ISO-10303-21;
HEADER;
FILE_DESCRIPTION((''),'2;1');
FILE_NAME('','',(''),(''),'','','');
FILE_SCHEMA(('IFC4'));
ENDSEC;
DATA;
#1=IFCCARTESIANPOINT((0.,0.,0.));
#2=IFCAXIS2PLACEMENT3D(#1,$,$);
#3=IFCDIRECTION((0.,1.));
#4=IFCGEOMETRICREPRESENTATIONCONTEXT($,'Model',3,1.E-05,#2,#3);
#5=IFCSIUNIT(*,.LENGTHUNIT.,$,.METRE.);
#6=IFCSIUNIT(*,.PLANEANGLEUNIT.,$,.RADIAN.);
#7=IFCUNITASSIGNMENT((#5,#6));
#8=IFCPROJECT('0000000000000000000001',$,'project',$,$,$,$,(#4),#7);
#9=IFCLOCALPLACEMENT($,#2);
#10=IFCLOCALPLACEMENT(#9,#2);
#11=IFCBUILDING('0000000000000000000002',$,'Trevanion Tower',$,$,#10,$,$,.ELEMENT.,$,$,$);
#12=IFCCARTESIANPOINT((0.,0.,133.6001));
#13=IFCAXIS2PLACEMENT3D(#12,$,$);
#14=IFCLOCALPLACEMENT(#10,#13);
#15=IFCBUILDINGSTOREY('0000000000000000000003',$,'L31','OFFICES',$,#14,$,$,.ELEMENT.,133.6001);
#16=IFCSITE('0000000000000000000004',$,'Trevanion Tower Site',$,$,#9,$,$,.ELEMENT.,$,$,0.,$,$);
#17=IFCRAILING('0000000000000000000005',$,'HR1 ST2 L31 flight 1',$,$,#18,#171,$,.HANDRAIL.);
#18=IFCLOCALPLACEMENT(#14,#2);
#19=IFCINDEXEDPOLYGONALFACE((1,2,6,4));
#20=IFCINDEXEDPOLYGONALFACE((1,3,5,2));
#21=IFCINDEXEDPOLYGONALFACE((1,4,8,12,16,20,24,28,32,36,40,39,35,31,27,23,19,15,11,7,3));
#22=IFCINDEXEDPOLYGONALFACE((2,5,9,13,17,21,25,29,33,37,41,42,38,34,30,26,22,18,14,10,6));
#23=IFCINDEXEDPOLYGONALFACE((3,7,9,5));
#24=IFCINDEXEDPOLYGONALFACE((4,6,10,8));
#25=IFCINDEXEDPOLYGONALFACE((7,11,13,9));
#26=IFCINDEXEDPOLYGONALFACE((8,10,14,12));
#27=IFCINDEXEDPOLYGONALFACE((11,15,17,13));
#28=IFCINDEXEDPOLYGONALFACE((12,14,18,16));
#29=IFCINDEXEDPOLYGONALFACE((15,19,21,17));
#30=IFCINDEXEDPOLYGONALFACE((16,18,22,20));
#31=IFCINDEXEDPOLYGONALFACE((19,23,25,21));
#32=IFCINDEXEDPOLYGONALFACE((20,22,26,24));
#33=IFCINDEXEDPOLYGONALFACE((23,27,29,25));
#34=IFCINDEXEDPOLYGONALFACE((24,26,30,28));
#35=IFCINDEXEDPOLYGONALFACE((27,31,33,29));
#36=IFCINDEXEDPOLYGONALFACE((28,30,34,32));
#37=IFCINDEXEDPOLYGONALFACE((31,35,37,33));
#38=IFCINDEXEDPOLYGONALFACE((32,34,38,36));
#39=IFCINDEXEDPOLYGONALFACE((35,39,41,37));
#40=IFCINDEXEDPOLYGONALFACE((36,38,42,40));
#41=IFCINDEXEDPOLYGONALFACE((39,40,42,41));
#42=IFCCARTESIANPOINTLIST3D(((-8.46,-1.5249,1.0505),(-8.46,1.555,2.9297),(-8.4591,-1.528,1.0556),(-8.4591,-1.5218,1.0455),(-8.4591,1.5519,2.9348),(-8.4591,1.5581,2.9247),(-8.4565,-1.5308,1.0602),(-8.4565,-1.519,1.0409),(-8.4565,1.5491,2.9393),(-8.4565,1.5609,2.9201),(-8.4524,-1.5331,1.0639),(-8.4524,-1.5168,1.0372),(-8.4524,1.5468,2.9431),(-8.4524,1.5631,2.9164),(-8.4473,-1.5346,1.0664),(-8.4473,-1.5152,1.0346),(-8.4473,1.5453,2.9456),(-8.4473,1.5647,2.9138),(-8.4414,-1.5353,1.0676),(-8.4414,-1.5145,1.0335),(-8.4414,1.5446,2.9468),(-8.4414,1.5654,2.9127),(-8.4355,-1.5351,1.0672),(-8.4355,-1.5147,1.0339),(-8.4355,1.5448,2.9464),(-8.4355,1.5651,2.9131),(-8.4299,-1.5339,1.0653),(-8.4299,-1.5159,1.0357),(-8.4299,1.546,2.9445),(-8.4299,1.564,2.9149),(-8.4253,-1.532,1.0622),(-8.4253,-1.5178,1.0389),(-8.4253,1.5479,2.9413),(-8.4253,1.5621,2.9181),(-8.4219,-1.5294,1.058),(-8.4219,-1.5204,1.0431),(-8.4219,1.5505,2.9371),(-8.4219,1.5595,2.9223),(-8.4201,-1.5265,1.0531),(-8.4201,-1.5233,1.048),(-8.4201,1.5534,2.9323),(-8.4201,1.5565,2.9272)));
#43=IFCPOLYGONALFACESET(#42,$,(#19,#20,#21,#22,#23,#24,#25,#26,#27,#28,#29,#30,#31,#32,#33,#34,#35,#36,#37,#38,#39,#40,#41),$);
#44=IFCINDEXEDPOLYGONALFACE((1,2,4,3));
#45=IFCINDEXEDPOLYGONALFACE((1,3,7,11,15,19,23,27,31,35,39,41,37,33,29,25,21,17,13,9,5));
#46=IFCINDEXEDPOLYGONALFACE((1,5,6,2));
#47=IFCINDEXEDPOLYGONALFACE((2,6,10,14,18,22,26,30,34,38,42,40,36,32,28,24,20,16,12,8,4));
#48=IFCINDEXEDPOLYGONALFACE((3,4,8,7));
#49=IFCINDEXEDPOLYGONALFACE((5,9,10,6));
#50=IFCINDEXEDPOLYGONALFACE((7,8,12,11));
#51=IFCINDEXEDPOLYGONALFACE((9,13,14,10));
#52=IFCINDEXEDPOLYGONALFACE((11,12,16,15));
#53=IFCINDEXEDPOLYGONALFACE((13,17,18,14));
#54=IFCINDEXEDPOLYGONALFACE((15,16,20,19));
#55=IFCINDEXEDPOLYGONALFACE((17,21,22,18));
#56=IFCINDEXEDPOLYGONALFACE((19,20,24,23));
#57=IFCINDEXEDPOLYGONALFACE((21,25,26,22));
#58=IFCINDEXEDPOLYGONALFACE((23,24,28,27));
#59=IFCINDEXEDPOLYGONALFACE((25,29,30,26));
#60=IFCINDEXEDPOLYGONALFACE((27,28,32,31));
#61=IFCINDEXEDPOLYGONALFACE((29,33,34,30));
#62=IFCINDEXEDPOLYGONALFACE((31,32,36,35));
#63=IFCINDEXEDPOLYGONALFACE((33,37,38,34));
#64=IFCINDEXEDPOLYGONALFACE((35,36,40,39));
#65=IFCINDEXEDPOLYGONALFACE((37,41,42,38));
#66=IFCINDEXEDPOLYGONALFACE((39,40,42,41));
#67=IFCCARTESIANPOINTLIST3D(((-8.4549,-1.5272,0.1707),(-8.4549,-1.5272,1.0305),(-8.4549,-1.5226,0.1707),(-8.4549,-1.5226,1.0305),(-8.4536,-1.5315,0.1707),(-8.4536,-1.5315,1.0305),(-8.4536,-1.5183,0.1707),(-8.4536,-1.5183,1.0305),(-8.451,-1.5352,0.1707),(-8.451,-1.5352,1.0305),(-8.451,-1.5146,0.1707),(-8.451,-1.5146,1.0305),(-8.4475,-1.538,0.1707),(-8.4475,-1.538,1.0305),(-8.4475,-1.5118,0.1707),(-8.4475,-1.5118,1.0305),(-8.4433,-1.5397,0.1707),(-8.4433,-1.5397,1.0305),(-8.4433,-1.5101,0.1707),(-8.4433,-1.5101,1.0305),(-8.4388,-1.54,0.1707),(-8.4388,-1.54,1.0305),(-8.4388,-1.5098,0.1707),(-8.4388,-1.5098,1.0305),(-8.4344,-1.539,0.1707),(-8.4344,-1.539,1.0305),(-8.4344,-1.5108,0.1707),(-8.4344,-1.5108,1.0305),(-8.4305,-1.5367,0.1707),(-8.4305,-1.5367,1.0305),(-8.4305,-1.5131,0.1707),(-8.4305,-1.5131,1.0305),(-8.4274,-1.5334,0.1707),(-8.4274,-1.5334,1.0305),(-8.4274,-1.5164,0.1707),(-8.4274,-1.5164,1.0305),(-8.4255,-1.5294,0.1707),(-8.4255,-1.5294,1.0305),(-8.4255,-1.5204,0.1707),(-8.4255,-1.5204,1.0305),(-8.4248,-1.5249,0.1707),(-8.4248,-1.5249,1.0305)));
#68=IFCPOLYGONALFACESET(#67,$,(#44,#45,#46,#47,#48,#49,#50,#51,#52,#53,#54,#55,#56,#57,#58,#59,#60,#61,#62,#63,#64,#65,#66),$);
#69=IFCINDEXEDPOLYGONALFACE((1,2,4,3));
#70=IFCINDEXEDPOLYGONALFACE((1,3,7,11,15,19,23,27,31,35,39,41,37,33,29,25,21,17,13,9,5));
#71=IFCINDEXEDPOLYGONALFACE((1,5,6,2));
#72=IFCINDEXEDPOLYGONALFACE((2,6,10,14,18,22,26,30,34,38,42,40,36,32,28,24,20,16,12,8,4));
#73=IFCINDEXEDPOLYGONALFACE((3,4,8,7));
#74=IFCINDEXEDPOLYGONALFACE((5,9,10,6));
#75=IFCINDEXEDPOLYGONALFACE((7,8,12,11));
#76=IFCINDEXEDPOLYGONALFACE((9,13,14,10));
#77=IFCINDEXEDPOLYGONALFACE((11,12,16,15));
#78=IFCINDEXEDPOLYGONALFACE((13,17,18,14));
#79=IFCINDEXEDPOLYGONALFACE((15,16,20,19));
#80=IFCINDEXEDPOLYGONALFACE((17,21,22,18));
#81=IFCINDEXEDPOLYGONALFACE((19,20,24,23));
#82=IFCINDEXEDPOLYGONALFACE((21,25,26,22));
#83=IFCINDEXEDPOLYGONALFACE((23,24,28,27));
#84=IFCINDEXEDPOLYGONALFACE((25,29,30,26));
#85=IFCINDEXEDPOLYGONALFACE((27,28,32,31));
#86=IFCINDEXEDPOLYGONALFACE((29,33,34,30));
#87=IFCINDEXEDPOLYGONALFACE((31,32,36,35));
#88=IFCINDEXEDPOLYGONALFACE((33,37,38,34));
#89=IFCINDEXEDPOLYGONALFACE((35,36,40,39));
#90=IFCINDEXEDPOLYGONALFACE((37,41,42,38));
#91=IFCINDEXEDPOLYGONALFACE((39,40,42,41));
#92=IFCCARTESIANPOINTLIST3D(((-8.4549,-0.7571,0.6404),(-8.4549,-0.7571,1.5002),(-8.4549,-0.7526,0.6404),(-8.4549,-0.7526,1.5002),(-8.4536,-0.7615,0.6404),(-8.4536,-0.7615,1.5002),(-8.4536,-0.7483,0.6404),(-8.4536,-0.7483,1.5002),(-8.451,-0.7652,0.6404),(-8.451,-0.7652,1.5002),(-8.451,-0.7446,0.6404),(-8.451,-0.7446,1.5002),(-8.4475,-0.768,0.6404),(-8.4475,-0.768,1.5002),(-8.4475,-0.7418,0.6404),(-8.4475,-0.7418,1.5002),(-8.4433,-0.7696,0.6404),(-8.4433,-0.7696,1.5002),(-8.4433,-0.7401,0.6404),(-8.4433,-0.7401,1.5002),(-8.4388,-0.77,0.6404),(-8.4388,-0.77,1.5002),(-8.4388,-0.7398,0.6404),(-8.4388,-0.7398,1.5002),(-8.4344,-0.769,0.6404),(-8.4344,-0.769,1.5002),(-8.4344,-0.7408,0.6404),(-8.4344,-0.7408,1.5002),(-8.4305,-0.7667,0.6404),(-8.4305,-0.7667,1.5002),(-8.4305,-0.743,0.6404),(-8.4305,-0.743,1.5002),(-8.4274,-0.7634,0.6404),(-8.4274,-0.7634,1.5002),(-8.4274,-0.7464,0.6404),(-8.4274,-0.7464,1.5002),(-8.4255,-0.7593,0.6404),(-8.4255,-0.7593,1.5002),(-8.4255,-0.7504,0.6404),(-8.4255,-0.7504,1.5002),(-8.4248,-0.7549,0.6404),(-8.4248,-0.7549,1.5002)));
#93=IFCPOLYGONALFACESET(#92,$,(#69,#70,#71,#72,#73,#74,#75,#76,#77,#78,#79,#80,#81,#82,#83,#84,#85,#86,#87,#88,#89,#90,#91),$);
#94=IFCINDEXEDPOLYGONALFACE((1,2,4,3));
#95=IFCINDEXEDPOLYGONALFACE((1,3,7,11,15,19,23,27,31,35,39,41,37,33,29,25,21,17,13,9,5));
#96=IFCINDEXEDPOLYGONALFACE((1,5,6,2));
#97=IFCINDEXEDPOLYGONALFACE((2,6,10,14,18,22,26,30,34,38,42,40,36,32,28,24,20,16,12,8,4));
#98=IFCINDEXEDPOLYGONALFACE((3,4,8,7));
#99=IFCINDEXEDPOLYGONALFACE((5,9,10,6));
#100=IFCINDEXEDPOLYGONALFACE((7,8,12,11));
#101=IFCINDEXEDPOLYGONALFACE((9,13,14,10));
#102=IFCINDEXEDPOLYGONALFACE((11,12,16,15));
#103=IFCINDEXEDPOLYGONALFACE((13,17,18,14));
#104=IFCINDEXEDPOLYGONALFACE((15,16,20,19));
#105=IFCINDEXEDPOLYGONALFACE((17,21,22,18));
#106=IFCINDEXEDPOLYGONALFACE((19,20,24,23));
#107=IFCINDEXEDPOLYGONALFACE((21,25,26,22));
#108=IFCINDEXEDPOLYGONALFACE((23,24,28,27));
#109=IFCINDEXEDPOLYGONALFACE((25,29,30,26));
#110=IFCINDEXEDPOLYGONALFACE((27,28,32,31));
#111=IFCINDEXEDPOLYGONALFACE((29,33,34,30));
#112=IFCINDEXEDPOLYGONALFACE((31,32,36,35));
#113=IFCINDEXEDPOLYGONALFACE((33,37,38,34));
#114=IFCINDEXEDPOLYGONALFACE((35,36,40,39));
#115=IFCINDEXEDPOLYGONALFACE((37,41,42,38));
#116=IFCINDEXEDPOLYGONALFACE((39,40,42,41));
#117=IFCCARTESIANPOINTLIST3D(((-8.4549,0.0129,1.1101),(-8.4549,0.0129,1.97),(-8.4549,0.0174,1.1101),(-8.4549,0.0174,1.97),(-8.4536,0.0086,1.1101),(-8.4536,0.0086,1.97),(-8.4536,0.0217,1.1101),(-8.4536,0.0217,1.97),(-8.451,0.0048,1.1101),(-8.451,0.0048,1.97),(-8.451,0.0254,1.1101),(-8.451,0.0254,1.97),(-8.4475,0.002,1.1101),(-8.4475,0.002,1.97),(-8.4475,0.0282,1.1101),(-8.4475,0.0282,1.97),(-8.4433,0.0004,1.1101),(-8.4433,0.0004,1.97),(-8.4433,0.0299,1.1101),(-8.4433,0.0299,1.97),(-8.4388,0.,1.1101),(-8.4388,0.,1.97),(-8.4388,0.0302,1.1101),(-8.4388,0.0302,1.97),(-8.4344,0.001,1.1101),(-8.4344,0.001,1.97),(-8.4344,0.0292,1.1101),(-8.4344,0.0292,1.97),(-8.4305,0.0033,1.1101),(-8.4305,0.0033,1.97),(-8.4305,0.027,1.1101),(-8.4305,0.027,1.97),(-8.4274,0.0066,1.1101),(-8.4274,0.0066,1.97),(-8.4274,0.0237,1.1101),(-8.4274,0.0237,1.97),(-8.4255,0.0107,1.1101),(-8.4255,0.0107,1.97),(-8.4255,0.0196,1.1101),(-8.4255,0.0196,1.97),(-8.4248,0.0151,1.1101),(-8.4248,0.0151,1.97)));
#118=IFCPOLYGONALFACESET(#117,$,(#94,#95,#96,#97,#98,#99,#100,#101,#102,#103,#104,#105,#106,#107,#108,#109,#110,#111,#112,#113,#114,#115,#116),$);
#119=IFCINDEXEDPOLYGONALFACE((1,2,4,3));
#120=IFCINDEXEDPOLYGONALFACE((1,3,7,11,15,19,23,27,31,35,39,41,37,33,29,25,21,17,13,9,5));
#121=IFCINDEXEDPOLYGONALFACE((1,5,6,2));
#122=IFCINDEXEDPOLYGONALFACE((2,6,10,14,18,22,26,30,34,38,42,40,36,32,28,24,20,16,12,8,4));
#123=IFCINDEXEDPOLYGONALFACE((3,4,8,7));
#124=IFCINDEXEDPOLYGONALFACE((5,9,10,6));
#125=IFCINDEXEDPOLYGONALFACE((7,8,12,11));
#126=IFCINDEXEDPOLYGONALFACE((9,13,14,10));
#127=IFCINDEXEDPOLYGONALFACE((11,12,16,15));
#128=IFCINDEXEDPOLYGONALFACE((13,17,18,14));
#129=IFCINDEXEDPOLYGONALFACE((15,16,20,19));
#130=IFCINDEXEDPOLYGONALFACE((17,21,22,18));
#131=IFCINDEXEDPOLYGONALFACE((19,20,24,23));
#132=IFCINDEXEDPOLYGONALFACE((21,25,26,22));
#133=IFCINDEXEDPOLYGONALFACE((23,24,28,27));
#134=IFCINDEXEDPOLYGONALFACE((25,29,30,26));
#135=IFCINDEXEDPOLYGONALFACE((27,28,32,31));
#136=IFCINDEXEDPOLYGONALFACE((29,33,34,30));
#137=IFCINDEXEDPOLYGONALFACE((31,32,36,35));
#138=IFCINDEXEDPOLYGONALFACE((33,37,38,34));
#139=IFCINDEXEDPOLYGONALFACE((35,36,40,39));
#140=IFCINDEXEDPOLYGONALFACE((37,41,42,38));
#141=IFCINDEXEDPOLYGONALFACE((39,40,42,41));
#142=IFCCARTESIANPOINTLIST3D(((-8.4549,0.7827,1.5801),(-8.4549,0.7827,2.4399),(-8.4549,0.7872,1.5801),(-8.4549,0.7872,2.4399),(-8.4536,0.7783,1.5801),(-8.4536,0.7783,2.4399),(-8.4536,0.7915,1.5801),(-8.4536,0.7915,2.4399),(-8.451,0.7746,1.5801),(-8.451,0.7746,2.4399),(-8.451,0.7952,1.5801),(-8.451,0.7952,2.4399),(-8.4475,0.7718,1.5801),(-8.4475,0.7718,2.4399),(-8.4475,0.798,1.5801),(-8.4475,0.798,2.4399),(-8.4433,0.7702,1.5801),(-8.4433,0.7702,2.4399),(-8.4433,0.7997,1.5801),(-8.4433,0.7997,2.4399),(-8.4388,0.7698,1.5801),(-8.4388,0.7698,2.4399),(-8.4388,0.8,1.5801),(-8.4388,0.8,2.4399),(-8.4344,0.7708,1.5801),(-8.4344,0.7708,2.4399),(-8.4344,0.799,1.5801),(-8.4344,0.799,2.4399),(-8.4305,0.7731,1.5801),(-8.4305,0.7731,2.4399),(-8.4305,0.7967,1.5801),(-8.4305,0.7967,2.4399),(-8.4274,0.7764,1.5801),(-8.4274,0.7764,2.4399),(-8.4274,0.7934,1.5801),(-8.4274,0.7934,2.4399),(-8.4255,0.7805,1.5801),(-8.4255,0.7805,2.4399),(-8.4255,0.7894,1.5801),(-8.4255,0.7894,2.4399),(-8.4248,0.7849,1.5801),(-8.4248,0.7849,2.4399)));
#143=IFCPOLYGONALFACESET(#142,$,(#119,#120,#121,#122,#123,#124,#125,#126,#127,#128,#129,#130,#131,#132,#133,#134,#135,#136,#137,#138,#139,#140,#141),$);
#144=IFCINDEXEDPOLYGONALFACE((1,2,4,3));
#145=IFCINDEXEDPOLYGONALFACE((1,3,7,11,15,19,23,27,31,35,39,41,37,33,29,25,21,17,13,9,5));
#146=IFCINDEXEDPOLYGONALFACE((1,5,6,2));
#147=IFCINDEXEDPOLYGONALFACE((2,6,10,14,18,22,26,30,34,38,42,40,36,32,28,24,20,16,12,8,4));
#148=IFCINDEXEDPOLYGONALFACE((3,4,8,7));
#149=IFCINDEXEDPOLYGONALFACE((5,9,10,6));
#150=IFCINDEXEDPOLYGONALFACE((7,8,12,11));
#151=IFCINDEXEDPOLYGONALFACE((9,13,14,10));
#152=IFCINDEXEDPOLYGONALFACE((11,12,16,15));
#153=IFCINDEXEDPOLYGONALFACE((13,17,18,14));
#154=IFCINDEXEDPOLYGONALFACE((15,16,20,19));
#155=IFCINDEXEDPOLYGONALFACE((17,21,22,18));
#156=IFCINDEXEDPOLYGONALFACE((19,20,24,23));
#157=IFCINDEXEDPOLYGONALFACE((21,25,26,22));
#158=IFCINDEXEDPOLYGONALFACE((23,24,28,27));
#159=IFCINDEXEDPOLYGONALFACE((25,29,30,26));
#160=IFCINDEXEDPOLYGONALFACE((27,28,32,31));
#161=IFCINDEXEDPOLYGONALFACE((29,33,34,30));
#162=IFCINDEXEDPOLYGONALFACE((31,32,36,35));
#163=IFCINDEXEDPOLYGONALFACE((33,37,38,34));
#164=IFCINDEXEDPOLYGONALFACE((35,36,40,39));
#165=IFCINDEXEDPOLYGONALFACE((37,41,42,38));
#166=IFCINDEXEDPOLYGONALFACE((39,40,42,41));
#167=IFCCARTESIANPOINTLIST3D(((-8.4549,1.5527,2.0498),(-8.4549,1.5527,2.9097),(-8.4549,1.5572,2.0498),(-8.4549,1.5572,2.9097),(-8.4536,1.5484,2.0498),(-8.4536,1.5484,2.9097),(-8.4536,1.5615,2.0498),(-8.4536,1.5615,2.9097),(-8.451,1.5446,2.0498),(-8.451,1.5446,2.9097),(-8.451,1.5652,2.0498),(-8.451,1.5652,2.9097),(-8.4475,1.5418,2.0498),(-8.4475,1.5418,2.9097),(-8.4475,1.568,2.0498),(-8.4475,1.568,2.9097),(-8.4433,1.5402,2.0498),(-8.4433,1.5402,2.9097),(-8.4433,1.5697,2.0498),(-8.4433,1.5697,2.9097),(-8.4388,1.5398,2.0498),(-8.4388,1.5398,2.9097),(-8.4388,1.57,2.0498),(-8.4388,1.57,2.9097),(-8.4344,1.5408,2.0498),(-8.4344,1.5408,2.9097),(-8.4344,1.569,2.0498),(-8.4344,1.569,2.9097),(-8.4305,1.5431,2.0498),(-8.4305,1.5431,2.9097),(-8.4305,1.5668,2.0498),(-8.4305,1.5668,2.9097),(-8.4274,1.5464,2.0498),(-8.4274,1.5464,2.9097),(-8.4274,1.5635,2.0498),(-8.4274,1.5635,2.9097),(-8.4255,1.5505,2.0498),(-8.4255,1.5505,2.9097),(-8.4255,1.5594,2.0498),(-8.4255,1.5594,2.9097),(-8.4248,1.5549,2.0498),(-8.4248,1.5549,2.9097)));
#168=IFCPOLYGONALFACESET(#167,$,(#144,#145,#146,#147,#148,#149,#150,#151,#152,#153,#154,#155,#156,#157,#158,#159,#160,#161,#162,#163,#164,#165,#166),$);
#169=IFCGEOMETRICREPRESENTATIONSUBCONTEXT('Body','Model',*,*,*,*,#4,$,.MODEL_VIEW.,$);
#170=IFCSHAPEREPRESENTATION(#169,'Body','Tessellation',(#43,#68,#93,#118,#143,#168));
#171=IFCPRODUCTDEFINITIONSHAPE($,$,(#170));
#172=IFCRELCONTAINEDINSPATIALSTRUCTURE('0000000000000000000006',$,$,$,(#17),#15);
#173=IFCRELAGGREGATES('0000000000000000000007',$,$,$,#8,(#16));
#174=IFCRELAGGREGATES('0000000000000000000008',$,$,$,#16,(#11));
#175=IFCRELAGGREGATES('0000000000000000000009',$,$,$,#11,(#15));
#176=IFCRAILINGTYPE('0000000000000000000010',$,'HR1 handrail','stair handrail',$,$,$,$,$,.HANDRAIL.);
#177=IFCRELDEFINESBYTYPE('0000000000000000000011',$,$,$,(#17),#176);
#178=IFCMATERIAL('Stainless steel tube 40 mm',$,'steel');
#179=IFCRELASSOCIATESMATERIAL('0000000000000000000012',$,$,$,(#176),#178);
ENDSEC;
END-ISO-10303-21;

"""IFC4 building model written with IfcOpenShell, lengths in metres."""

from ifc_helpers import new_model, si_unit, direction, frame, origin, origin_2d, place, context, subcontext, project, spatial, circle, extrude, material, type_object, element, save


model = new_model("IFC4")

# Units and contexts
model_context = context("Model", 3, precision=1e-05, world=origin(), true_north=direction((0.0, 1.0)))
body_context = subcontext(model_context, "Body", "Model", "MODEL_VIEW")
ifc_project = project(units=[si_unit("LENGTHUNIT", "METRE"), si_unit("PLANEANGLEUNIT", "RADIAN")], contexts=[model_context])

# Site, building, storey
site_placement = place(None, origin())
site = spatial("IfcSite", under=ifc_project, at=site_placement, Name="Trevanion Tower Site", CompositionType="ELEMENT", RefElevation=0.0)
building_placement = place(site_placement, origin())
building = spatial("IfcBuilding", under=site, at=building_placement, Name="Trevanion Tower", CompositionType="ELEMENT")
storey_placement = place(building_placement, frame((0.0, 0.0, 133.6001)))
storey = spatial("IfcBuildingStorey", under=building, at=storey_placement, Name="L31", Description="OFFICES", CompositionType="ELEMENT", Elevation=133.6001)

# Railing
ifc_material_1 = material(Name="Stainless steel tube 40 mm", Category="steel")
railing_type = type_object("IfcRailingType", Name="HR1 handrail", Description="stair handrail", PredefinedType="HANDRAIL", material=ifc_material_1)
for number, where, name in (
    (1, (-8.4399, -1.5249, 0.1707), "HR1 ST2 L31 flight 1"),
):
    element("IfcRailing", number, at=place(storey_placement, frame(where)), inside=storey, type_object=railing_type, Name=name, PredefinedType="HANDRAIL", context=body_context, shape_type="SweptSolid", body=[
        extrude(circle(Radius=0.02, at=origin_2d()), frame((0.0, 0.0, 0.8799), z_axis=(0.0, 0.853648, 0.52085), x_axis=(-1.0, 0.0, 0.0)), (0.0, 0.0, 1.0), 3.6079),
        extrude(circle(Radius=0.0151, at=origin_2d()), origin(), (0.0, 0.0, 1.0), 0.8599),
        extrude(circle(Radius=0.0151, at=origin_2d()), frame((0.0, 0.77, 0.4697)), (0.0, 0.0, 1.0), 0.8599),
        extrude(circle(Radius=0.0151, at=origin_2d()), frame((0.0, 1.54, 0.9395)), (0.0, 0.0, 1.0), 0.8599),
        extrude(circle(Radius=0.0151, at=origin_2d()), frame((0.0, 2.3098, 1.4094)), (0.0, 0.0, 1.0), 0.8599),
        extrude(circle(Radius=0.0151, at=origin_2d()), frame((0.0, 3.0798, 1.8792)), (0.0, 0.0, 1.0), 0.8599),
    ])

save(model, "model.ifc")
